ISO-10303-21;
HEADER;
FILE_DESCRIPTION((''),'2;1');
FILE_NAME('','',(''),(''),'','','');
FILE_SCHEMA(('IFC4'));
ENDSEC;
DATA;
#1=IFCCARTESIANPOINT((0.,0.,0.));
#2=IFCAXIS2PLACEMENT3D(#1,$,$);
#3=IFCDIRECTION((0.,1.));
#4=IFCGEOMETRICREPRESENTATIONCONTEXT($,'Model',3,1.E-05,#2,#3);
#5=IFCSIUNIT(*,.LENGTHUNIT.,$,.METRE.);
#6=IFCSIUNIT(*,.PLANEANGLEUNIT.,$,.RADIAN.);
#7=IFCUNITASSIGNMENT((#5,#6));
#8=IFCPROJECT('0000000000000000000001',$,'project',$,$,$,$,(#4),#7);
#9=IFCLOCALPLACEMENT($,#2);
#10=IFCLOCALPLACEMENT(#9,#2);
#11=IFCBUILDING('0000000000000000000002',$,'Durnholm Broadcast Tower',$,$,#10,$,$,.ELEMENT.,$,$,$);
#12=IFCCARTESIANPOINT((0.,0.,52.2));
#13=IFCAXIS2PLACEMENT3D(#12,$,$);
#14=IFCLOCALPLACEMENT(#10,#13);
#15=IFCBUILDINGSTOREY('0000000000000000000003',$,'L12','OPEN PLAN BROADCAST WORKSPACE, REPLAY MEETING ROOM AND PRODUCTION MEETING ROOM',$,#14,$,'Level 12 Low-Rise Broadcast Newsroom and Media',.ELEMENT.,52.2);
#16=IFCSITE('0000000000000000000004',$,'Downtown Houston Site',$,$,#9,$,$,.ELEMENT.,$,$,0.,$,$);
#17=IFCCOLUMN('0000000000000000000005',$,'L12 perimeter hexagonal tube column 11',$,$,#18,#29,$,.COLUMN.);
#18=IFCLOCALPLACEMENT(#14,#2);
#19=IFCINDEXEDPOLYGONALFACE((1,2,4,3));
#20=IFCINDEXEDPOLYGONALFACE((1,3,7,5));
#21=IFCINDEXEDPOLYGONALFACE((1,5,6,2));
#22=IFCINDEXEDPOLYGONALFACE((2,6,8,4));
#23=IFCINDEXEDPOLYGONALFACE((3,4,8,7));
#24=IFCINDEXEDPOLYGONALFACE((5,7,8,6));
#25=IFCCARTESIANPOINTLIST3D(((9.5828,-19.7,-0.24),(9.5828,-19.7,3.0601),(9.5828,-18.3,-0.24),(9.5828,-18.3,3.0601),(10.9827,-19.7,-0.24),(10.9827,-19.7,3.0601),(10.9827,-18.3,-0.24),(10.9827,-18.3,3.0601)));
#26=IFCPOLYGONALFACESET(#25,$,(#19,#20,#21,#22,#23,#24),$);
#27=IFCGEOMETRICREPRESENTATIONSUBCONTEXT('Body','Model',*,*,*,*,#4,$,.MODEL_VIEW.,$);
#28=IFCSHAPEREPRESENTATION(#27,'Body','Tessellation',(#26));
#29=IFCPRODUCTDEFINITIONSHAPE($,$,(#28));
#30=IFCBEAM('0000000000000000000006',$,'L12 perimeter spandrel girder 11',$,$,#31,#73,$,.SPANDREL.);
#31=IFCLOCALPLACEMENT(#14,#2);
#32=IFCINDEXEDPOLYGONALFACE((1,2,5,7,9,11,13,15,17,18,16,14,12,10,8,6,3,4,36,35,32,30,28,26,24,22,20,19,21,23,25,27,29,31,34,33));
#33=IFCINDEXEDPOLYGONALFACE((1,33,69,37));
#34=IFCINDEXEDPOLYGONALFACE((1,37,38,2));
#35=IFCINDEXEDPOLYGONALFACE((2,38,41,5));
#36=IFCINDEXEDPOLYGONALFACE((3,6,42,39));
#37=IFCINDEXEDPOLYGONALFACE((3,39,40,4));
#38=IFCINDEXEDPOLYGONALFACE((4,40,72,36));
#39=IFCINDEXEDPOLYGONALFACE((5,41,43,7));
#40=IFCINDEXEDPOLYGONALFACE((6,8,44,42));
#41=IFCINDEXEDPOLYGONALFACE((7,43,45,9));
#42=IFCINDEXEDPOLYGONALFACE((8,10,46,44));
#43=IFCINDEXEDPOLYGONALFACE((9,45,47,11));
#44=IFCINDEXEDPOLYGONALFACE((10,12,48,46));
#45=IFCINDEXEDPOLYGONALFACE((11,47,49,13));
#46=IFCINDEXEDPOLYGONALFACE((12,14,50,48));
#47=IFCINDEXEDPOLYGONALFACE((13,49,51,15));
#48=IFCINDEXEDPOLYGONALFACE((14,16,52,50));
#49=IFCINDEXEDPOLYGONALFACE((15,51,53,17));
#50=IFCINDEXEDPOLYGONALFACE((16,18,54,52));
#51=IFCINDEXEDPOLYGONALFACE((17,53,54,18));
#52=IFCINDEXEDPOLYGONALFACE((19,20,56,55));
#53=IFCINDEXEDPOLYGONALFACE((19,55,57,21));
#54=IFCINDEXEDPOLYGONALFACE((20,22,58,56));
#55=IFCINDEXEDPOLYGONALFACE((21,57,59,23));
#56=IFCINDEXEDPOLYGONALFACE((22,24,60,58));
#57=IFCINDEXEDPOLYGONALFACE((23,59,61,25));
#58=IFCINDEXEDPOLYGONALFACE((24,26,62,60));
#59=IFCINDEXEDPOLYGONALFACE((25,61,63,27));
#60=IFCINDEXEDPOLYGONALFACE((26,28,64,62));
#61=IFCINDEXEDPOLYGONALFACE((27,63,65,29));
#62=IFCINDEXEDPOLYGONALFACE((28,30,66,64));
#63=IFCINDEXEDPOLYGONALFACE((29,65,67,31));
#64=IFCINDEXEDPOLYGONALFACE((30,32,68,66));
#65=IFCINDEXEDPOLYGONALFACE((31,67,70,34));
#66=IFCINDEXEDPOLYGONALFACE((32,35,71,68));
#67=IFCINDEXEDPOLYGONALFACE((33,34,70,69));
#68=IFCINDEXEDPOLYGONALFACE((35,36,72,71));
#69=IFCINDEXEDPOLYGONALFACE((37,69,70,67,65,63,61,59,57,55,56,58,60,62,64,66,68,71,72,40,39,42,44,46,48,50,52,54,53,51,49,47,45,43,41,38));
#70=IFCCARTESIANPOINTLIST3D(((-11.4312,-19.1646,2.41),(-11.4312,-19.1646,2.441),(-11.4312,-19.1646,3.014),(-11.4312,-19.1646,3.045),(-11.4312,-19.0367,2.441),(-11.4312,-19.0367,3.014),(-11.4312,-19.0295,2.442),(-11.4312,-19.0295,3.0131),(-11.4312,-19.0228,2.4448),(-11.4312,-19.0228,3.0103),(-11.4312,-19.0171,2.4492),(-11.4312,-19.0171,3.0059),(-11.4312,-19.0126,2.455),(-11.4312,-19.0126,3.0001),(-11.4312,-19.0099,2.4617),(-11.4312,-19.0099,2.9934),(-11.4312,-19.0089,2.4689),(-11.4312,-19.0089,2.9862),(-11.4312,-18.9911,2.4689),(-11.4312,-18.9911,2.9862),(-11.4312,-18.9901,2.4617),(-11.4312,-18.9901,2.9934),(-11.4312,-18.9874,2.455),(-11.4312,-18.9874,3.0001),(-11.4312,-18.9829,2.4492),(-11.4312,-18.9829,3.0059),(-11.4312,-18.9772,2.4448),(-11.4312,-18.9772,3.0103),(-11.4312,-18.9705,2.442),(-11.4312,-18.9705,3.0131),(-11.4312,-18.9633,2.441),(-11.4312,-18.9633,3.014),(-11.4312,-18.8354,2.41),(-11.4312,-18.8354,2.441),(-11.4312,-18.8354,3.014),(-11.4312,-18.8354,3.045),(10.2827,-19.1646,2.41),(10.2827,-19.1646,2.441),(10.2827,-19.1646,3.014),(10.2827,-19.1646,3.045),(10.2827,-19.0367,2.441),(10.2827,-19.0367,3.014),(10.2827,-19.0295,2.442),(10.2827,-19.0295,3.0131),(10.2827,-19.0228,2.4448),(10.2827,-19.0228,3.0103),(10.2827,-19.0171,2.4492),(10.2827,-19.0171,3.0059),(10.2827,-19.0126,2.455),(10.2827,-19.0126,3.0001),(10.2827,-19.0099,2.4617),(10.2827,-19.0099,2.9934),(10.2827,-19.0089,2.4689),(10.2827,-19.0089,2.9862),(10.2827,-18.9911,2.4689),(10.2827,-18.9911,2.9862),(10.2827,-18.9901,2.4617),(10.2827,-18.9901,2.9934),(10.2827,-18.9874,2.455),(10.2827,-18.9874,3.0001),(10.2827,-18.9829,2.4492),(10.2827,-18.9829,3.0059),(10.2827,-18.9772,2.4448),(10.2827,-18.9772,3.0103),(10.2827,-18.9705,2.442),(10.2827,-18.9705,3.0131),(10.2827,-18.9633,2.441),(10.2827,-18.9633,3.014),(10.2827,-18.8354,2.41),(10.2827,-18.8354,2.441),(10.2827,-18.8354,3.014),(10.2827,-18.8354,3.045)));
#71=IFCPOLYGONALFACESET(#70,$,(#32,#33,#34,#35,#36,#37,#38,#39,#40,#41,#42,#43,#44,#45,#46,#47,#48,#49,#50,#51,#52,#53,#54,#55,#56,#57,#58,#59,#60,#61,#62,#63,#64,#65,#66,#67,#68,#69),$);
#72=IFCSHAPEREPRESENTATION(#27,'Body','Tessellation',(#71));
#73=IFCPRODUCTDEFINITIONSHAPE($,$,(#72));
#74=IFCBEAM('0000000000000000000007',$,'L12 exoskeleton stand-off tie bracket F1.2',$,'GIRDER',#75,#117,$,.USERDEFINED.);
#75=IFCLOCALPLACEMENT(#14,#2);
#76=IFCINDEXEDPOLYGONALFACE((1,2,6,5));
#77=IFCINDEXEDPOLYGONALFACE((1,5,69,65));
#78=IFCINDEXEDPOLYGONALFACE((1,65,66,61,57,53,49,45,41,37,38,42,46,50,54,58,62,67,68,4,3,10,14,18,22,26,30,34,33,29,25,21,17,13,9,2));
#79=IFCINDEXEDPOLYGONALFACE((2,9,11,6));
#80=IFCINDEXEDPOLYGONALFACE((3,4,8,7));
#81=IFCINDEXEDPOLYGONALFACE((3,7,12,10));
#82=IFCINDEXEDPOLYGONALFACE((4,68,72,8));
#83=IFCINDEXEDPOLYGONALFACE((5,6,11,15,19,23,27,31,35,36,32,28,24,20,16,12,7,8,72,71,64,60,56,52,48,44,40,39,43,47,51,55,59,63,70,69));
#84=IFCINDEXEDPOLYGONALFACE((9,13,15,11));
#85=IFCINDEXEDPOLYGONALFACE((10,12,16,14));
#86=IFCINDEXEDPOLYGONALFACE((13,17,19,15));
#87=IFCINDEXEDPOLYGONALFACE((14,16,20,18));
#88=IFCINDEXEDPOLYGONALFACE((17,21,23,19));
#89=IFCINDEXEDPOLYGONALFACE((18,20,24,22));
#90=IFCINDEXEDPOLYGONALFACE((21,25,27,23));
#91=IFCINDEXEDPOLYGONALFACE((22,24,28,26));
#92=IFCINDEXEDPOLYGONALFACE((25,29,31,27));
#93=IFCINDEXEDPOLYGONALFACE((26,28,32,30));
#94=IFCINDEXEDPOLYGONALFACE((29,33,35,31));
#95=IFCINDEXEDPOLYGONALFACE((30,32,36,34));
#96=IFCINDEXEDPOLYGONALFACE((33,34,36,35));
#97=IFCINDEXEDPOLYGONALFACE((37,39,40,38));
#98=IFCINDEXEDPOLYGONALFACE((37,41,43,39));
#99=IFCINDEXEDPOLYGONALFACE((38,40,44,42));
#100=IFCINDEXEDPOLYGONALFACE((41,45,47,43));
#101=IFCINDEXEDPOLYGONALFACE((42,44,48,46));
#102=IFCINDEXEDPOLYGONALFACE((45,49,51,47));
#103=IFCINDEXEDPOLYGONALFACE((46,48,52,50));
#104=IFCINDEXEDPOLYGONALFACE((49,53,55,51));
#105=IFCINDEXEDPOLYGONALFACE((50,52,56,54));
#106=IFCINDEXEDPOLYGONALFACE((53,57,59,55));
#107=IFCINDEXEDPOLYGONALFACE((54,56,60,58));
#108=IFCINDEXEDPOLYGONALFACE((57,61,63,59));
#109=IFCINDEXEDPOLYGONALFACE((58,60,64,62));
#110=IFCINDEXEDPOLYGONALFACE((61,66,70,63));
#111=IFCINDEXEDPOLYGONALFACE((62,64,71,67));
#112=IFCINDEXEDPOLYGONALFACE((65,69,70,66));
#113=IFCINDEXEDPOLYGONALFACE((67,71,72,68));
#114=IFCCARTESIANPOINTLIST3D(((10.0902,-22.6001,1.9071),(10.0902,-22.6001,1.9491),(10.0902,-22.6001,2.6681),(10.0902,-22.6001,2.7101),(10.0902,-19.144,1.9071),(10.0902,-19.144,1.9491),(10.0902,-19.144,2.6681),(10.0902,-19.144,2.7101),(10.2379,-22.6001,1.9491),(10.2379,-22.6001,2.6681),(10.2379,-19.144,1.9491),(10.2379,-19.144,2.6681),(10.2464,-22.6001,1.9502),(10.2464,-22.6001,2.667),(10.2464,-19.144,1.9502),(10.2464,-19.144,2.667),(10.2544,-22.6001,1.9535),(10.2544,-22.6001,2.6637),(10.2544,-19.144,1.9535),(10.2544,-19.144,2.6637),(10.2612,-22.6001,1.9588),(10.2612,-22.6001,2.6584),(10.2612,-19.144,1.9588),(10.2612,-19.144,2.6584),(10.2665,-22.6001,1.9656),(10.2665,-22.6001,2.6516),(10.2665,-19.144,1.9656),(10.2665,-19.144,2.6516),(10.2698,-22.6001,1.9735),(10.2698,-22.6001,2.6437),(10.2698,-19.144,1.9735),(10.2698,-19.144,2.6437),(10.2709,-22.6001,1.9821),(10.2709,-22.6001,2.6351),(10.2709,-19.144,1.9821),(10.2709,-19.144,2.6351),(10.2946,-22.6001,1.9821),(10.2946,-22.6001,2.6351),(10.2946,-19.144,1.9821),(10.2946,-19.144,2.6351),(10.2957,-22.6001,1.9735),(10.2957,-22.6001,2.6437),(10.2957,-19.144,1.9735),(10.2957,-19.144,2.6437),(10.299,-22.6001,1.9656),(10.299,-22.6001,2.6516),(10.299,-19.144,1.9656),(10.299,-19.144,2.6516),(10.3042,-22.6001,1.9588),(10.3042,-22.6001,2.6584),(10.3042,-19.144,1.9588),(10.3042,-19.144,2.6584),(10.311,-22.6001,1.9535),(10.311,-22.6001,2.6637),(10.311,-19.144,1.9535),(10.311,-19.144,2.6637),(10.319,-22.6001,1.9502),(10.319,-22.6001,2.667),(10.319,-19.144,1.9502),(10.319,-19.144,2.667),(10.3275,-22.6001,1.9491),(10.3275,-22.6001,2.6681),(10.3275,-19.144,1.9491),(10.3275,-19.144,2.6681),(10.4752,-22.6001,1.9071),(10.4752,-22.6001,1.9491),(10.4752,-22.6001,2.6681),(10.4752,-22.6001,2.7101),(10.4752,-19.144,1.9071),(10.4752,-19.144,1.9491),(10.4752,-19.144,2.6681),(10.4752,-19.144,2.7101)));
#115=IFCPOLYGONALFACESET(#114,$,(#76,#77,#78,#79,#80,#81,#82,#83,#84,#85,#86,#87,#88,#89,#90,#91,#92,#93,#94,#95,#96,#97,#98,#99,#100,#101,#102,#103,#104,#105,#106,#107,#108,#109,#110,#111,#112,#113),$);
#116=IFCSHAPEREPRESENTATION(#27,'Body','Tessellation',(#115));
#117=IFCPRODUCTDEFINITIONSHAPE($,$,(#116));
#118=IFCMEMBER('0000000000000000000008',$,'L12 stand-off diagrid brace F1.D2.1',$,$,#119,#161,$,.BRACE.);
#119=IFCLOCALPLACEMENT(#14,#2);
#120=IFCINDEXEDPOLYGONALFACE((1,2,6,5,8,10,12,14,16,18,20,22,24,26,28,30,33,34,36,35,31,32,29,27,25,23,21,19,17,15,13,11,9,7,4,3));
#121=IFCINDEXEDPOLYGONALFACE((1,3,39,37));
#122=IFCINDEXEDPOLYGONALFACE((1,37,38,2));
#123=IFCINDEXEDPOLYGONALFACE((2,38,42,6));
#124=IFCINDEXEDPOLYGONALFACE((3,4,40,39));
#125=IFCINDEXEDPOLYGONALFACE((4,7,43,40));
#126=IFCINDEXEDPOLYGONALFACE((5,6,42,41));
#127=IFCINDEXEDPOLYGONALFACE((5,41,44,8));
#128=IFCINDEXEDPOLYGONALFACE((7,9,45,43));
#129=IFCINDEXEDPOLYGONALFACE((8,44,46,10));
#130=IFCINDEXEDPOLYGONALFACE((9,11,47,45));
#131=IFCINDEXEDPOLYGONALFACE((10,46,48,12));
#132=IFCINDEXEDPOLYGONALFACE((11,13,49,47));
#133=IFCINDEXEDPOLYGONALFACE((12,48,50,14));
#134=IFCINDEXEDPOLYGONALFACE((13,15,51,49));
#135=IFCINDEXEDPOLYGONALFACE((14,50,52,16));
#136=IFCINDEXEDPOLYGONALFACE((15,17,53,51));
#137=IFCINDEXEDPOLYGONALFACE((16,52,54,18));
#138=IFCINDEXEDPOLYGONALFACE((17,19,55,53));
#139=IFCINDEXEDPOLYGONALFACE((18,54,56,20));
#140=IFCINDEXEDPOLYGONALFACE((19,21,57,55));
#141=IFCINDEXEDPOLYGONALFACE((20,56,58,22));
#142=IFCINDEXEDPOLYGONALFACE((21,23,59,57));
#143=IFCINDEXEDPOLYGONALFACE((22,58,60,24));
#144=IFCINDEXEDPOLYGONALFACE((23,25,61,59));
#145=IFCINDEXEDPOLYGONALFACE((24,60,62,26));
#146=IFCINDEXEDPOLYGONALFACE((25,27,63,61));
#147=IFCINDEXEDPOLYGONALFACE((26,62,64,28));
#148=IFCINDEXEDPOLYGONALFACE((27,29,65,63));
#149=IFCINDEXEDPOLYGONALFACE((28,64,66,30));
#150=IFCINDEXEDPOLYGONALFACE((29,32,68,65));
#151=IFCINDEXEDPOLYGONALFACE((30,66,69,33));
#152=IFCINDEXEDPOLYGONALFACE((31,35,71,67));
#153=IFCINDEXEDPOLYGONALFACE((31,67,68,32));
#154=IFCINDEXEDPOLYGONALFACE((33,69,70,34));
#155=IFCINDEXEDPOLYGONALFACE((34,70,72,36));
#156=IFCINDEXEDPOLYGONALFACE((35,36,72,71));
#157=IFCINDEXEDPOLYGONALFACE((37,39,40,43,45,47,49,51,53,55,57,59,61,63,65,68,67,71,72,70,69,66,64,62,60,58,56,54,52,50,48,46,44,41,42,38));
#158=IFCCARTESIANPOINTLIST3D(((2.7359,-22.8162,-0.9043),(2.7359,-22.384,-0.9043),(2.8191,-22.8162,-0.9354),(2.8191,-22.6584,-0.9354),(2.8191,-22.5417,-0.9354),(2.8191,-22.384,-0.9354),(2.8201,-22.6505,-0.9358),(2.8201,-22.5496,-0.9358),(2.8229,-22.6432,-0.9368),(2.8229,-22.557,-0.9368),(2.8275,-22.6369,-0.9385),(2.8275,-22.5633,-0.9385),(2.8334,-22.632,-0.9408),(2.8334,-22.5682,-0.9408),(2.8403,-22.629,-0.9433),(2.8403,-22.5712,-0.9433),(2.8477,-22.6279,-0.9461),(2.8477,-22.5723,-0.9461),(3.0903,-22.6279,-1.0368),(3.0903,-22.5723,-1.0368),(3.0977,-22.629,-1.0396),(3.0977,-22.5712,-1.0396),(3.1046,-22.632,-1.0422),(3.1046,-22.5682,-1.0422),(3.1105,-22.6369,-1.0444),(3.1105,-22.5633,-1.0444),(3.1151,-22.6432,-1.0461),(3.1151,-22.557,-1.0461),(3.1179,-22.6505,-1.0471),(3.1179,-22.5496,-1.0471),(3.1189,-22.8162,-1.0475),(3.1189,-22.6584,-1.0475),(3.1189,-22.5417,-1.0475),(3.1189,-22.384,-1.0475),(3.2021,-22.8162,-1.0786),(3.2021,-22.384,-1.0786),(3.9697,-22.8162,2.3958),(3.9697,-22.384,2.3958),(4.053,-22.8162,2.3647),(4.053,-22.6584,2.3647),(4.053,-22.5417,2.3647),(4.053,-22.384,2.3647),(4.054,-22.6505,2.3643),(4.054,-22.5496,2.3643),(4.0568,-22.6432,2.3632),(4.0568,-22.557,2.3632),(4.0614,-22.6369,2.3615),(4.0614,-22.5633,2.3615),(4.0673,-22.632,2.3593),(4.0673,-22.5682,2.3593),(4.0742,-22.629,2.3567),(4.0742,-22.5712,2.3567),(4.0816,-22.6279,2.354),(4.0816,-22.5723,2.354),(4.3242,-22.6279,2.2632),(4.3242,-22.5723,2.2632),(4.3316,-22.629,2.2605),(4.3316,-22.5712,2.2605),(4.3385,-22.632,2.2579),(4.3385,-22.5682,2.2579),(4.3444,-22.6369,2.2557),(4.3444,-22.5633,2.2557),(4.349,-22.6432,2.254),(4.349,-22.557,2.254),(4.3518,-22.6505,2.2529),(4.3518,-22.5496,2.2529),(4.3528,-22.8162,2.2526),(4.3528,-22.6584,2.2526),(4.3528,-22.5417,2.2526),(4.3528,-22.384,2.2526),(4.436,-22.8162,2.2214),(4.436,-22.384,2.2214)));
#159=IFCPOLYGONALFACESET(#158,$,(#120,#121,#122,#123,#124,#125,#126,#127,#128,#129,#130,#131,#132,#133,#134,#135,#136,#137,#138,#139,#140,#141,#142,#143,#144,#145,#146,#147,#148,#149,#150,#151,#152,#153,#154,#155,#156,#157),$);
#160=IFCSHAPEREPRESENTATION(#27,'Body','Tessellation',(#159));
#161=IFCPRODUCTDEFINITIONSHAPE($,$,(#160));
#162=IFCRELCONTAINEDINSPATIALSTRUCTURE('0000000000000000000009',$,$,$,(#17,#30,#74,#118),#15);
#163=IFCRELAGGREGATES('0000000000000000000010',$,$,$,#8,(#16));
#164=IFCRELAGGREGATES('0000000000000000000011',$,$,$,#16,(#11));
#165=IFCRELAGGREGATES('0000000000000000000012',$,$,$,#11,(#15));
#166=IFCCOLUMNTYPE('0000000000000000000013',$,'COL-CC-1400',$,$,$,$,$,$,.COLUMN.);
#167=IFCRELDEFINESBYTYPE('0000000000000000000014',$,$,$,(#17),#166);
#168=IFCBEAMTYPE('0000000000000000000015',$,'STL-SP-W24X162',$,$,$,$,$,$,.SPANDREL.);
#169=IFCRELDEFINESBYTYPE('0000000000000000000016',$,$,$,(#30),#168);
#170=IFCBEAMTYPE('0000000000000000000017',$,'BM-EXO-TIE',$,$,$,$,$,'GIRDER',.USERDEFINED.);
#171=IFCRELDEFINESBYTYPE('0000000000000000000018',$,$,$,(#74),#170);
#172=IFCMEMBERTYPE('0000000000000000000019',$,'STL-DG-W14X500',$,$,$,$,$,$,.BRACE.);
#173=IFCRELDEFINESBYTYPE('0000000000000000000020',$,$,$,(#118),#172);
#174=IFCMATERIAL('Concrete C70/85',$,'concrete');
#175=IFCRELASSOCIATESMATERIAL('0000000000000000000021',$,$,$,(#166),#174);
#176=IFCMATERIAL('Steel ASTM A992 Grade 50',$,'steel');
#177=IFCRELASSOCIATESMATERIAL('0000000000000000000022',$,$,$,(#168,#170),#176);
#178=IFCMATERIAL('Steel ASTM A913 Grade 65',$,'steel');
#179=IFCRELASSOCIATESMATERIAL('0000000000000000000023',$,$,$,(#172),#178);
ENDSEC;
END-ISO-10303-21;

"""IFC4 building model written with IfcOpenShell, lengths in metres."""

from ifc_helpers import new_model, si_unit, direction, frame, origin, origin_2d, place, context, subcontext, project, spatial, rectangle, i_section, extrude, source, transform, mapped, material, material_profile, profile_set, type_object, type_shapes, element, save


model = new_model("IFC4")

# Units and contexts
model_context = context("Model", 3, precision=1e-05, world=origin(), true_north=direction((0.0, 1.0)))
body_context = subcontext(model_context, "Body", "Model", "MODEL_VIEW")
ifc_project = project(units=[si_unit("LENGTHUNIT", "METRE"), si_unit("PLANEANGLEUNIT", "RADIAN")], contexts=[model_context])

# Site, building, storey
site_placement = place(None, origin())
site = spatial("IfcSite", under=ifc_project, at=site_placement, Name="Downtown Houston Site", CompositionType="ELEMENT", RefElevation=0.0)
building_placement = place(site_placement, origin())
building = spatial("IfcBuilding", under=site, at=building_placement, Name="Durnholm Broadcast Tower", CompositionType="ELEMENT")
storey_placement = place(building_placement, frame((0.0, 0.0, 52.2)))
storey = spatial("IfcBuildingStorey", under=building, at=storey_placement, Name="L12", Description="OPEN PLAN BROADCAST WORKSPACE, REPLAY MEETING ROOM AND PRODUCTION MEETING ROOM", LongName="Level 12 Low-Rise Broadcast Newsroom and Media", CompositionType="ELEMENT", Elevation=52.2)

# Column
ifc_material_1 = material(Name="Concrete C70/85", Category="concrete")
ifc_material_profile_1 = material_profile(ifc_material_1, rectangle(XDim=1.3999, YDim=1.3999, at=origin_2d()), Name="RC1400X1400")
ifc_profile_set_1 = profile_set([ifc_material_profile_1], Name="Concrete C70/85")
column_type = type_object("IfcColumnType", Name="COL-CC-1400", PredefinedType="COLUMN", material=ifc_profile_set_1)
shared_shape_1 = source(origin(), body_context, "Body", "SweptSolid", [
    extrude(rectangle(XDim=1.3999, YDim=1.3999, at=origin_2d()), origin(), (0.0, 0.0, 1.0), 3.3),
])
type_shapes(column_type, [shared_shape_1])
column_placement = place(storey_placement, frame((10.2827, -19.0, -0.24), z_axis=(0.0, 0.0, 1.0), x_axis=(1.0, 0.0, 0.0)))
element("IfcColumn", 1, at=column_placement, inside=storey, type_object=column_type, Name="L12 perimeter hexagonal tube column 11", PredefinedType="COLUMN", context=body_context, shape_type="MappedRepresentation", body=[
    mapped(shared_shape_1, transform((0.0, 0.0, 0.0), x_axis=(1.0, 0.0, 0.0), y_axis=(0.0, 1.0, 0.0), z_axis=(0.0, 0.0, 1.0), scale=1.0)),
])

# Beams
ifc_material_2 = material(Name="Steel ASTM A992 Grade 50", Category="steel")
ifc_material_profile_2 = material_profile(ifc_material_2, i_section(OverallWidth=0.3291, OverallDepth=0.635, WebThickness=0.0178, FlangeThickness=0.031, FilletRadius=0.0278, at=origin_2d()), Name="W24X162")
ifc_profile_set_2 = profile_set([ifc_material_profile_2], Name="Steel ASTM A992 Grade 50")
beam_type_1 = type_object("IfcBeamType", Name="STL-SP-W24X162", PredefinedType="SPANDREL", material=ifc_profile_set_2)
shared_shape_2 = source(origin(), body_context, "Body", "SweptSolid", [
    extrude(i_section(OverallWidth=0.3291, OverallDepth=0.635, WebThickness=0.0178, FlangeThickness=0.031, FilletRadius=0.0278, at=origin_2d()), origin(), (0.0, 0.0, 1.0), 21.7139),
])
type_shapes(beam_type_1, [shared_shape_2])
beam_1_placement = place(storey_placement, frame((10.2827, -19.0, 2.7275), z_axis=(-1.0, 0.0, 0.0), x_axis=(0.0, -1.0, 0.0)))
element("IfcBeam", 2, at=beam_1_placement, inside=storey, type_object=beam_type_1, Name="L12 perimeter spandrel girder 11", PredefinedType="SPANDREL", context=body_context, shape_type="MappedRepresentation", body=[
    mapped(shared_shape_2, transform((0.0, 0.0, 0.0), x_axis=(1.0, 0.0, 0.0), y_axis=(0.0, 1.0, 0.0), z_axis=(0.0, 0.0, 1.0), scale=1.0)),
])
ifc_material_profile_3 = material_profile(ifc_material_2, i_section(OverallWidth=0.385, OverallDepth=0.803, WebThickness=0.0237, FlangeThickness=0.042, FilletRadius=0.033, at=origin_2d()), Name="W30X261")
ifc_profile_set_3 = profile_set([ifc_material_profile_3], Name="Steel ASTM A992 Grade 50")
beam_type_2 = type_object("IfcBeamType", Name="BM-EXO-TIE", ElementType="GIRDER", PredefinedType="USERDEFINED", material=ifc_profile_set_3)
shared_shape_3 = source(origin(), body_context, "Body", "SweptSolid", [
    extrude(i_section(OverallWidth=0.385, OverallDepth=0.803, WebThickness=0.0237, FlangeThickness=0.042, FilletRadius=0.033, at=origin_2d()), origin(), (0.0, 0.0, 1.0), 3.4561),
])
type_shapes(beam_type_2, [shared_shape_3])
beam_2_placement = place(storey_placement, frame((10.2827, -19.144, 2.3086), z_axis=(0.0, -1.0, 0.0), x_axis=(1.0, 0.0, 0.0)))
element("IfcBeam", 3, at=beam_2_placement, inside=storey, type_object=beam_type_2, Name="L12 exoskeleton stand-off tie bracket F1.2", ObjectType="GIRDER", PredefinedType="USERDEFINED", context=body_context, shape_type="MappedRepresentation", body=[
    mapped(shared_shape_3, transform((0.0, 0.0, 0.0), x_axis=(1.0, 0.0, 0.0), y_axis=(0.0, 1.0, 0.0), z_axis=(0.0, 0.0, 1.0), scale=1.0)),
])

# Member
ifc_material_3 = material(Name="Steel ASTM A913 Grade 65", Category="steel")
ifc_material_profile_4 = material_profile(ifc_material_3, i_section(OverallWidth=0.4321, OverallDepth=0.4978, WebThickness=0.0557, FlangeThickness=0.0889, FilletRadius=0.0305, at=origin_2d()), Name="W14X500")
ifc_profile_set_4 = profile_set([ifc_material_profile_4], Name="Steel ASTM A913 Grade 65")
member_type_1 = type_object("IfcMemberType", Name="STL-DG-W14X500", PredefinedType="BRACE", material=ifc_profile_set_4)
shared_shape_4 = source(origin(), body_context, "Body", "SweptSolid", [
    extrude(i_section(OverallWidth=0.4321, OverallDepth=0.4978, WebThickness=0.0557, FlangeThickness=0.0889, FilletRadius=0.0305, at=origin_2d()), origin(), (0.0, 0.0, 1.0), 3.5232),
])
type_shapes(member_type_1, [shared_shape_4])
for number, where, z_axis, x_axis, name in (
    (4, (2.969, -22.6001, -0.9915), (0.35022, 0.0, 0.936668), (0.0, 1.0, 0.0), "L12 stand-off diagrid brace F1.D2.1"),
):
    element("IfcMember", number, at=place(storey_placement, frame(where, z_axis=z_axis, x_axis=x_axis)), inside=storey, type_object=member_type_1, Name=name, PredefinedType="BRACE", context=body_context, shape_type="MappedRepresentation", body=[
        mapped(shared_shape_4, transform((0.0, 0.0, 0.0), x_axis=(1.0, 0.0, 0.0), y_axis=(0.0, 1.0, 0.0), z_axis=(0.0, 0.0, 1.0), scale=1.0)),
    ])

save(model, "model.ifc")
